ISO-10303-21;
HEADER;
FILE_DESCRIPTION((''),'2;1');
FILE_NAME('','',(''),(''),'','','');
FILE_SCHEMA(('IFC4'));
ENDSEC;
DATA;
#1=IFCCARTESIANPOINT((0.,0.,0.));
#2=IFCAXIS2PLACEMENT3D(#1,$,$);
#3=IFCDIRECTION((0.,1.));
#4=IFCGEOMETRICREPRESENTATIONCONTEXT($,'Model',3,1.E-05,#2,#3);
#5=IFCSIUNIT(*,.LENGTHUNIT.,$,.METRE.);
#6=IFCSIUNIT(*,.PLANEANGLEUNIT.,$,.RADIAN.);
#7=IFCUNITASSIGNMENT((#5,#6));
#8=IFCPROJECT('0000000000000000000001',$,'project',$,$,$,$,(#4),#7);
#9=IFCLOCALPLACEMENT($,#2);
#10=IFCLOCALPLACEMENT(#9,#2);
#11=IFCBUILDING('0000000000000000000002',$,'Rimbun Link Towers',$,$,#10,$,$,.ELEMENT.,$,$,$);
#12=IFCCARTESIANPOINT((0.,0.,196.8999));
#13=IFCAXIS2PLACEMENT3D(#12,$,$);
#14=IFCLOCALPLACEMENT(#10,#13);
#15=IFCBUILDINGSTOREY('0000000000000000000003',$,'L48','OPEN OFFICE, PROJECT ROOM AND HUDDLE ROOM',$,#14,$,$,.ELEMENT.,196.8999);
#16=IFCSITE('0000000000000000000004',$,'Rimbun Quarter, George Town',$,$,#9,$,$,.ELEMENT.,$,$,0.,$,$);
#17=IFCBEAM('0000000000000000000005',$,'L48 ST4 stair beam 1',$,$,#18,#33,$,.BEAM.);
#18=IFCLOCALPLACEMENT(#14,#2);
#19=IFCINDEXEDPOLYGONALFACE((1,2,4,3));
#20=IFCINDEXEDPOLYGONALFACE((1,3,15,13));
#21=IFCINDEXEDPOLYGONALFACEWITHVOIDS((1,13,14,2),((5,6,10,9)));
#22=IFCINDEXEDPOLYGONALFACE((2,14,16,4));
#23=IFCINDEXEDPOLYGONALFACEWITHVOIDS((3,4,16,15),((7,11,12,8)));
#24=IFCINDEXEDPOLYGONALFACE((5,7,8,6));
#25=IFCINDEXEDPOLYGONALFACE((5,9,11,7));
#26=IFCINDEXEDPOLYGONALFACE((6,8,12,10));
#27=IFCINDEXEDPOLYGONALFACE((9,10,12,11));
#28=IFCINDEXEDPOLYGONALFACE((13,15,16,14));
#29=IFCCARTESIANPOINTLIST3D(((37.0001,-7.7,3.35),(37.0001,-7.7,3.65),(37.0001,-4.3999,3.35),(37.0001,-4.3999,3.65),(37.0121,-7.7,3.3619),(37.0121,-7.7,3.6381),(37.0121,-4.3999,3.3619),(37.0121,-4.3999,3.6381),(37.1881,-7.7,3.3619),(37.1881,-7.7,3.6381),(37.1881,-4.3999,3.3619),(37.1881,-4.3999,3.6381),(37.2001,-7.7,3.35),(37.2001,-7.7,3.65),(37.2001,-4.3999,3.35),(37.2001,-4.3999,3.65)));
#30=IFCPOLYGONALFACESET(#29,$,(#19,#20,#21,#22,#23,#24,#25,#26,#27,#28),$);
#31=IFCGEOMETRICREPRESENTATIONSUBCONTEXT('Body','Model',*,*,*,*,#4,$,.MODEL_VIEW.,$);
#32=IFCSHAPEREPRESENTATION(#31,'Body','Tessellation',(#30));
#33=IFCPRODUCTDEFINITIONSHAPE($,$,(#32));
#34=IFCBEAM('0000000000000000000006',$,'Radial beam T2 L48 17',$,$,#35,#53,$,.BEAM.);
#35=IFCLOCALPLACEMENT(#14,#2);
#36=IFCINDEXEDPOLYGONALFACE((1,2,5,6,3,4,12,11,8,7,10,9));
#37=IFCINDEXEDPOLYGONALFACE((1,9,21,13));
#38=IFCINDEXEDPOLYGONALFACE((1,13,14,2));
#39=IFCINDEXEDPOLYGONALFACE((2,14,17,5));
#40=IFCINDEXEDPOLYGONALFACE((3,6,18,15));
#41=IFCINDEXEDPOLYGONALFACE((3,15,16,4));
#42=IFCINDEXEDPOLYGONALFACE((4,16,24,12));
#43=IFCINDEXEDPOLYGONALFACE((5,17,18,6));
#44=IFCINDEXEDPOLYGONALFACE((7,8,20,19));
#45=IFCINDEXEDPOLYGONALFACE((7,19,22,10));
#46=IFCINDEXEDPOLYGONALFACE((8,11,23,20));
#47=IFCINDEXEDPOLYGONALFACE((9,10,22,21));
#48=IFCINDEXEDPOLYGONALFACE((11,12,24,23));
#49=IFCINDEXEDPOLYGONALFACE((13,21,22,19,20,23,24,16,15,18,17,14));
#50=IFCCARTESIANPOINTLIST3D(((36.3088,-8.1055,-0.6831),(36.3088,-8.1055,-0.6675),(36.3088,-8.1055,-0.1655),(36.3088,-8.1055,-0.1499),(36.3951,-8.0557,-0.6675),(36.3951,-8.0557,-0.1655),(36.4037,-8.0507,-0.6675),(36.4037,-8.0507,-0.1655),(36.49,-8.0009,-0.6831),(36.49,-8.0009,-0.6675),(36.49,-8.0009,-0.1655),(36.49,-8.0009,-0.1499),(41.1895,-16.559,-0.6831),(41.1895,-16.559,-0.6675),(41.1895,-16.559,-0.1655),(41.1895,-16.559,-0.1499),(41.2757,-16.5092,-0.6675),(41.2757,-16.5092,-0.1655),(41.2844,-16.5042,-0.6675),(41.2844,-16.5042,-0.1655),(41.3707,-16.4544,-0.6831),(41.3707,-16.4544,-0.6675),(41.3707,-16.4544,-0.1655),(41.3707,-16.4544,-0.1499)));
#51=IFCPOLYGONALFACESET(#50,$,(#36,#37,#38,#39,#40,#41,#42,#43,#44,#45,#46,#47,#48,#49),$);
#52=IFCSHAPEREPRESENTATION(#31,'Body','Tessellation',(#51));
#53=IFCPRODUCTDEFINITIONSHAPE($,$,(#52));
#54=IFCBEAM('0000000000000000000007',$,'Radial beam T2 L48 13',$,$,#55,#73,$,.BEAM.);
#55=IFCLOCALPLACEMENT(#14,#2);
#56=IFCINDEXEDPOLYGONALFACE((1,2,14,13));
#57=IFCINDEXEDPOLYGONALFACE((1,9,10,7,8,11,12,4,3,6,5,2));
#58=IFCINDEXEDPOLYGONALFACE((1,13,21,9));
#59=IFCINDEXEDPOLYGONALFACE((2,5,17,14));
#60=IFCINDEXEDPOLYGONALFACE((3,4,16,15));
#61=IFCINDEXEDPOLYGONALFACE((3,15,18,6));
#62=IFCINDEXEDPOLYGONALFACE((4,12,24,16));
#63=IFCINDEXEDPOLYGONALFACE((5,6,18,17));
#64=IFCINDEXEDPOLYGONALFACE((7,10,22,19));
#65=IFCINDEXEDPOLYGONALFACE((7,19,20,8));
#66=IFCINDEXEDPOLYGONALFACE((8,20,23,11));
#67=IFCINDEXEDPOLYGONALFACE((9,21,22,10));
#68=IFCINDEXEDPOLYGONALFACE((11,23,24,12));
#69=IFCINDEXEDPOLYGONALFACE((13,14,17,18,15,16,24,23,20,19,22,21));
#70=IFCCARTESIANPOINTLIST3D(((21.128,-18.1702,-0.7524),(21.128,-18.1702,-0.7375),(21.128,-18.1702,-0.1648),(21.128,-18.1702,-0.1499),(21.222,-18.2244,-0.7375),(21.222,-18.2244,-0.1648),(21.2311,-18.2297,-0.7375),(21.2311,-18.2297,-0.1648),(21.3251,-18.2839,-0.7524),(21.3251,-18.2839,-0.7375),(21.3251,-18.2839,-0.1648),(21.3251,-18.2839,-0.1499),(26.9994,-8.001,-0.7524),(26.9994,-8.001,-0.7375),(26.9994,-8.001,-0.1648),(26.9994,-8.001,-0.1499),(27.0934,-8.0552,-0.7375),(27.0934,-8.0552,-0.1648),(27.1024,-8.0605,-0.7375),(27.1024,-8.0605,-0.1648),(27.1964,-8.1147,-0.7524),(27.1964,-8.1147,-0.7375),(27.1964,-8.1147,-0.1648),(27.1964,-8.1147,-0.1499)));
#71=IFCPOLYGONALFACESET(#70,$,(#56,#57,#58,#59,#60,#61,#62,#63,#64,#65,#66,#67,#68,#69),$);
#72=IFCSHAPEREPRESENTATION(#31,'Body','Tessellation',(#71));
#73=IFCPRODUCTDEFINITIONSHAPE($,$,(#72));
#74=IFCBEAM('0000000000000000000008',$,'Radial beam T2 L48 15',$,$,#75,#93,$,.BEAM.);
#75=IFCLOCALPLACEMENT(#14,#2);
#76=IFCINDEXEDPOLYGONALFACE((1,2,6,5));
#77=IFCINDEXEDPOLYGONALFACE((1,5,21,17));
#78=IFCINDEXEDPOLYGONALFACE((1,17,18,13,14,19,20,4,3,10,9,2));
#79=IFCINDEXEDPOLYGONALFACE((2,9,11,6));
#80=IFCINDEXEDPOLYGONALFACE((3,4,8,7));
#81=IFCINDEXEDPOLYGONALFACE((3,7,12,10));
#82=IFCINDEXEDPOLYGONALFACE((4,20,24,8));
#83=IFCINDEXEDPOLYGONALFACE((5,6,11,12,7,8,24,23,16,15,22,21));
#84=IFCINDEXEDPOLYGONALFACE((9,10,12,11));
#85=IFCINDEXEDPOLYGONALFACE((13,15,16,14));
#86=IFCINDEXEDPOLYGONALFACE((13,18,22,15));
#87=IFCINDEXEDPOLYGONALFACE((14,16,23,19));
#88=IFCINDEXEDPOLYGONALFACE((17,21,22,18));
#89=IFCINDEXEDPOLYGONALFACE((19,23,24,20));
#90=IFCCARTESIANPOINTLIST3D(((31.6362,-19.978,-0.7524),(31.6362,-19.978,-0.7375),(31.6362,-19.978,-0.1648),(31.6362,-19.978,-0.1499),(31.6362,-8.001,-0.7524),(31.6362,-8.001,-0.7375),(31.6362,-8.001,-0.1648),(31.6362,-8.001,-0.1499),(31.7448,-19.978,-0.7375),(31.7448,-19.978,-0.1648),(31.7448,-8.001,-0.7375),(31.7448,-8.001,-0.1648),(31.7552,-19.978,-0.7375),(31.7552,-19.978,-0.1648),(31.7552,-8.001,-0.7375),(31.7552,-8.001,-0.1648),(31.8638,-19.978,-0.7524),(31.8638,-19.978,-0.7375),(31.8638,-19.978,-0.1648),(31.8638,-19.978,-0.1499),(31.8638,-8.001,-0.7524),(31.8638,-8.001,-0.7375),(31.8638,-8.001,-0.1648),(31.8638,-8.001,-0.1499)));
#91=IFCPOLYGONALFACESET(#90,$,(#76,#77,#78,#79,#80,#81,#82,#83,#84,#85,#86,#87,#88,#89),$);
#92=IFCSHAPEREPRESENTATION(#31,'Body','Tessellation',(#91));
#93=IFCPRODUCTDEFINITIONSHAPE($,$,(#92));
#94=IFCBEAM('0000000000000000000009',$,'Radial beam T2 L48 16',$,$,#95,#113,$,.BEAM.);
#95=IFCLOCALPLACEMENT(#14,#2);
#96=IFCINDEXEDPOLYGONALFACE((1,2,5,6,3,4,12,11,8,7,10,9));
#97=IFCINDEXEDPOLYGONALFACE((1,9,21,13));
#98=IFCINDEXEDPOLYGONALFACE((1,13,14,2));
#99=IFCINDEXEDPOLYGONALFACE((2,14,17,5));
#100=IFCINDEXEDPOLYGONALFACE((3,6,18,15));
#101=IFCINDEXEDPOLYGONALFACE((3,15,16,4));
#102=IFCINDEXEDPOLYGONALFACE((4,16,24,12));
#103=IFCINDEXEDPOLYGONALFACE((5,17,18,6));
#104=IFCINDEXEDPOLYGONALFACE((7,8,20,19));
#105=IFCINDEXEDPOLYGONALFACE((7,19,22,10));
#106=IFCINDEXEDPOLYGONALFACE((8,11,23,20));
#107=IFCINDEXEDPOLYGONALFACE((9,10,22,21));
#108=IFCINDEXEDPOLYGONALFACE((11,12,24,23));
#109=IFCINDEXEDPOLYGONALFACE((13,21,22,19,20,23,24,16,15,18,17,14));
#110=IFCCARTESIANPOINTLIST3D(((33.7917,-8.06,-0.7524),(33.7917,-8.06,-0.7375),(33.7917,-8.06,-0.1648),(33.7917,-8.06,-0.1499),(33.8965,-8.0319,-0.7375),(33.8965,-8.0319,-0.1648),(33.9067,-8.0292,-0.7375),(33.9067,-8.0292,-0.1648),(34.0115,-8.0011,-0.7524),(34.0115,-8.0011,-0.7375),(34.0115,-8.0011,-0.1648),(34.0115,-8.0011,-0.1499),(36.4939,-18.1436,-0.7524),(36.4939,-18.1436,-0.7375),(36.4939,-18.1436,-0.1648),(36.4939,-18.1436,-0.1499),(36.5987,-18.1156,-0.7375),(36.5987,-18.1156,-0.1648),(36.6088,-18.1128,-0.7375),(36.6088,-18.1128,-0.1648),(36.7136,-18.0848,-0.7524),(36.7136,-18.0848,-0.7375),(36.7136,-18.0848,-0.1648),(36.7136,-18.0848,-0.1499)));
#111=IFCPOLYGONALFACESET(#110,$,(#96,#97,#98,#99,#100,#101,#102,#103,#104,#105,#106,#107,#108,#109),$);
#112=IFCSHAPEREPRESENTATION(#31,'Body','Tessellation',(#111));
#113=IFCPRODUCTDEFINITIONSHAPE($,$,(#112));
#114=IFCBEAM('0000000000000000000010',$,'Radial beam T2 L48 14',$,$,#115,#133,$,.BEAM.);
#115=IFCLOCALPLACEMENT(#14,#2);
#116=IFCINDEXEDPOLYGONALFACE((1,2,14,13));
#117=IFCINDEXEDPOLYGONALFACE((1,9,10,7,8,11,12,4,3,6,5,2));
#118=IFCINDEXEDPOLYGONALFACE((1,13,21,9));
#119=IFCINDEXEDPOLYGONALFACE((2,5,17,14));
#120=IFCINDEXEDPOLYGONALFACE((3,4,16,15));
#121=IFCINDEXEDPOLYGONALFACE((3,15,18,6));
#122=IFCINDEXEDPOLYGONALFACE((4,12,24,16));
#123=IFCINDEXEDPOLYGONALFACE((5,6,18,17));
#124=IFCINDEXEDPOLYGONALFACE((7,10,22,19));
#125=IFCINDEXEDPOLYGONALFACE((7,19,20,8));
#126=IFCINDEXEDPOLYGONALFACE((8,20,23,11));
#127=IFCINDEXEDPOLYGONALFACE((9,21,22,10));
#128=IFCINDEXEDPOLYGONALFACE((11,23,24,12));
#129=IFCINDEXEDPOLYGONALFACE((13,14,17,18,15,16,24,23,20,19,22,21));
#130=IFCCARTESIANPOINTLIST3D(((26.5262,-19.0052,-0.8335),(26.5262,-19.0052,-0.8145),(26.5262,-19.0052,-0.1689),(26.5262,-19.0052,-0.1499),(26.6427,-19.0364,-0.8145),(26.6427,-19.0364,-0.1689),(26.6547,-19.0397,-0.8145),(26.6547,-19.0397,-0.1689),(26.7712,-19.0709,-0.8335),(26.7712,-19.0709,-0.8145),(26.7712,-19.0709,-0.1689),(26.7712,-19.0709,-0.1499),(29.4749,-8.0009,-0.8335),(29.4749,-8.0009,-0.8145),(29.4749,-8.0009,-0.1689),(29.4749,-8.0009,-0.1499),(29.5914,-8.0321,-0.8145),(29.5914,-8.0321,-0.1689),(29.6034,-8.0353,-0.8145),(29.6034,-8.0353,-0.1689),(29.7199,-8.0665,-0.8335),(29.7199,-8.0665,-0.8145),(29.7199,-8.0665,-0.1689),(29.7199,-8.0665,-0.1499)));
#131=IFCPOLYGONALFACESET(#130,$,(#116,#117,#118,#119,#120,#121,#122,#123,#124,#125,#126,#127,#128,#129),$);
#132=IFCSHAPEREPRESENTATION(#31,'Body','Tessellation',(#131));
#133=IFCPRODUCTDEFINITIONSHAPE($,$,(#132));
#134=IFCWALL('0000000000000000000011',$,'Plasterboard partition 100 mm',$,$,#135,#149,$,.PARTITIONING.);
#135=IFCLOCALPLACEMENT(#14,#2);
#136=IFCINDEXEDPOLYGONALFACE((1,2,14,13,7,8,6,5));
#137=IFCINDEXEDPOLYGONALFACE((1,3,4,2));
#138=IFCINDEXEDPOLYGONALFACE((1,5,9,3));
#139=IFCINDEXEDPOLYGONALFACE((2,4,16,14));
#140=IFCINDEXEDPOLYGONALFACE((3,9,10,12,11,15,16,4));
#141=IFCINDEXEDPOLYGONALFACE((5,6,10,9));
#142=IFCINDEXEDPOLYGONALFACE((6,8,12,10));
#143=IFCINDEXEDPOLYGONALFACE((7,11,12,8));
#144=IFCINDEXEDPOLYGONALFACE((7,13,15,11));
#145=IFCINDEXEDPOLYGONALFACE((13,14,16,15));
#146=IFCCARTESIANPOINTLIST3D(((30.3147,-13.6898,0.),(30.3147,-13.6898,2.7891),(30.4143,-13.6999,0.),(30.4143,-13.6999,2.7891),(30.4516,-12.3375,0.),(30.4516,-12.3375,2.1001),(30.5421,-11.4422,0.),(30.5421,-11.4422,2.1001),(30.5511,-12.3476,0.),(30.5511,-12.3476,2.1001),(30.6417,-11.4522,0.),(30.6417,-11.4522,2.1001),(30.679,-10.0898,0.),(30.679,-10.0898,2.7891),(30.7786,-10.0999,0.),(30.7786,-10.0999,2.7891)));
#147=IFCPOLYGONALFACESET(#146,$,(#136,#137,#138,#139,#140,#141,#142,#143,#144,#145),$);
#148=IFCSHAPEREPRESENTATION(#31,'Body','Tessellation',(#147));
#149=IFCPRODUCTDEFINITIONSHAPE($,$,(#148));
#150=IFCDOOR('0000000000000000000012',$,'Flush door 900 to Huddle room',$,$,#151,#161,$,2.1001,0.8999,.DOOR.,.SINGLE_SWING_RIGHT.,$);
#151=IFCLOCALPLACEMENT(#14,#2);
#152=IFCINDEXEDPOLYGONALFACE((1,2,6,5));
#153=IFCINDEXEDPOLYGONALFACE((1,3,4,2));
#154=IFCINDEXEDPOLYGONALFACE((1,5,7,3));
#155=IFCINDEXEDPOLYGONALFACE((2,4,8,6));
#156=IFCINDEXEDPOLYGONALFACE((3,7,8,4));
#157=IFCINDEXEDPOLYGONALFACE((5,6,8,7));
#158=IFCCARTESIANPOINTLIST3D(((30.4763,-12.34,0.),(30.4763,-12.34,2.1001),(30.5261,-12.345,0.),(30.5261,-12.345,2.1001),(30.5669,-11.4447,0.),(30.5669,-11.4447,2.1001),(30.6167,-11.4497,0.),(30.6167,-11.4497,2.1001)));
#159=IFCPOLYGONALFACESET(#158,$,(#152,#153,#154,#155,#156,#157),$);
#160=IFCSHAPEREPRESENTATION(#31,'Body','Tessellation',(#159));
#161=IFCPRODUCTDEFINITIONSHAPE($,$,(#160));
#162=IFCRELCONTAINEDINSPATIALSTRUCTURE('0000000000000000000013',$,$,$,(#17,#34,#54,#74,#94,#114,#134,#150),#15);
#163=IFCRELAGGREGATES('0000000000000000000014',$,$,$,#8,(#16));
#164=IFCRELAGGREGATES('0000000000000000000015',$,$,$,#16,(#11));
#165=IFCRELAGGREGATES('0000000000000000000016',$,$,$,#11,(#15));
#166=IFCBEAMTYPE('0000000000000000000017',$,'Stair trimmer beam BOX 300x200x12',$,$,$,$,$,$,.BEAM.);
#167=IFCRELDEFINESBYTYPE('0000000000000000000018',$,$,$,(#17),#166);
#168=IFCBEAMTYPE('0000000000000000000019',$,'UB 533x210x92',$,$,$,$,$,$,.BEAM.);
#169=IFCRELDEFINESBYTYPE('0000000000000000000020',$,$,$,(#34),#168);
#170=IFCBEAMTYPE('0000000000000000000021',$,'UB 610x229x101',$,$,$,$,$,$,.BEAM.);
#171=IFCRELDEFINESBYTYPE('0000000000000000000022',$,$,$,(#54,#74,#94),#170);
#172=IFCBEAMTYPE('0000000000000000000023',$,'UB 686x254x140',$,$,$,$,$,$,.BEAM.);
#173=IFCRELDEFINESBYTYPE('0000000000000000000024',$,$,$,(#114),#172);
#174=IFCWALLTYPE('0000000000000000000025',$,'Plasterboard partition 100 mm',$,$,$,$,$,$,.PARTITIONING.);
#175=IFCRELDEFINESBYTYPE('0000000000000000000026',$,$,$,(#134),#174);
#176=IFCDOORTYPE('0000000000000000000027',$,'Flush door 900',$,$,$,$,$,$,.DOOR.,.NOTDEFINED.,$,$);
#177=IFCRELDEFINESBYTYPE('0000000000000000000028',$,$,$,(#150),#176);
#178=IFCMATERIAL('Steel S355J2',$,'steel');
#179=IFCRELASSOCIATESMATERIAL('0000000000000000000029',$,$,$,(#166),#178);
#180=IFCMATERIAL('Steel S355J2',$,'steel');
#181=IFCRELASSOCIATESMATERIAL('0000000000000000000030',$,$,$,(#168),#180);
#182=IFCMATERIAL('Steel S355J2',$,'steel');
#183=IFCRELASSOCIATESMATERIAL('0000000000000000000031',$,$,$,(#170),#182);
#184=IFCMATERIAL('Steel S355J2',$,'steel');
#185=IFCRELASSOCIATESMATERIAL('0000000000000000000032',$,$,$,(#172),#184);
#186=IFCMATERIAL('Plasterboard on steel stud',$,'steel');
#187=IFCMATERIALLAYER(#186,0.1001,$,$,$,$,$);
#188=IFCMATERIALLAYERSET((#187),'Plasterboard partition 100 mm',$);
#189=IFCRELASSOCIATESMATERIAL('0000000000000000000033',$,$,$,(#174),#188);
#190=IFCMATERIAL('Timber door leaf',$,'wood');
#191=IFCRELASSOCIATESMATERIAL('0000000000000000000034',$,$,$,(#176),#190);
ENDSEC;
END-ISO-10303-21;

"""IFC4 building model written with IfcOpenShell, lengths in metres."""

from ifc_helpers import new_model, si_unit, direction, frame, frame_2d, origin, origin_2d, place, context, subcontext, project, spatial, rectangle, hollow_rectangle, i_section, extrude, material, layer, layer_set, material_profile, profile_set, type_object, element, fill, save


model = new_model("IFC4")

# Units and contexts
model_context = context("Model", 3, precision=1e-05, world=origin(), true_north=direction((0.0, 1.0)))
body_context = subcontext(model_context, "Body", "Model", "MODEL_VIEW")
ifc_project = project(units=[si_unit("LENGTHUNIT", "METRE"), si_unit("PLANEANGLEUNIT", "RADIAN")], contexts=[model_context])

# Site, building, storey
site_placement = place(None, origin())
site = spatial("IfcSite", under=ifc_project, at=site_placement, Name="Rimbun Quarter, George Town", CompositionType="ELEMENT", RefElevation=0.0)
building_placement = place(site_placement, origin())
building = spatial("IfcBuilding", under=site, at=building_placement, Name="Rimbun Link Towers", CompositionType="ELEMENT")
storey_placement = place(building_placement, frame((0.0, 0.0, 196.8999)))
storey = spatial("IfcBuildingStorey", under=building, at=storey_placement, Name="L48", Description="OPEN OFFICE, PROJECT ROOM AND HUDDLE ROOM", CompositionType="ELEMENT", Elevation=196.8999)

# Beams
ifc_material_1 = material(Name="Steel S355J2", Category="steel")
ifc_material_profile_1 = material_profile(ifc_material_1, hollow_rectangle(XDim=0.2, YDim=0.3, WallThickness=0.012, at=origin_2d()), Name="BOX 300x200x12")
ifc_profile_set_1 = profile_set([ifc_material_profile_1], Name="Steel S355J2")
beam_type_1 = type_object("IfcBeamType", Name="Stair trimmer beam BOX 300x200x12", PredefinedType="BEAM", material=ifc_profile_set_1)
beam_1_placement = place(storey_placement, frame((37.1001, -7.7, 3.5), z_axis=(0.0, 1.0, 0.0), x_axis=(-1.0, 0.0, 0.0)))
element("IfcBeam", 1, at=beam_1_placement, inside=storey, type_object=beam_type_1, Name="L48 ST4 stair beam 1", PredefinedType="BEAM", context=body_context, shape_type="SweptSolid", body=[
    extrude(hollow_rectangle(XDim=0.2, YDim=0.3, WallThickness=0.012, at=origin_2d()), origin(), (0.0, 0.0, 1.0), 3.3),
])
ifc_material_2 = material(Name="Steel S355J2", Category="steel")
ifc_material_profile_2 = material_profile(ifc_material_2, i_section(OverallWidth=0.2092, OverallDepth=0.5332, WebThickness=0.01, FlangeThickness=0.0156, at=origin_2d()), Name="UB 533x210x92")
ifc_profile_set_2 = profile_set([ifc_material_profile_2], Name="Steel S355J2")
beam_type_2 = type_object("IfcBeamType", Name="UB 533x210x92", PredefinedType="BEAM", material=ifc_profile_set_2)
beam_2_placement = place(storey_placement, frame((36.3994, -8.0532, -0.4165), z_axis=(0.500005, -0.866023, 0.0), x_axis=(0.866023, 0.500005, 0.0)))
element("IfcBeam", 2, at=beam_2_placement, inside=storey, type_object=beam_type_2, Name="Radial beam T2 L48 17", PredefinedType="BEAM", context=body_context, shape_type="SweptSolid", body=[
    extrude(i_section(OverallWidth=0.2092, OverallDepth=0.5332, WebThickness=0.01, FlangeThickness=0.0156, at=origin_2d()), origin(), (0.0, 0.0, 1.0), 9.7612),
])
ifc_material_3 = material(Name="Steel S355J2", Category="steel")
ifc_material_profile_3 = material_profile(ifc_material_3, i_section(OverallWidth=0.2275, OverallDepth=0.6025, WebThickness=0.0105, FlangeThickness=0.0149, at=origin_2d()), Name="UB 610x229x101")
ifc_profile_set_3 = profile_set([ifc_material_profile_3], Name="Steel S355J2")
beam_type_3 = type_object("IfcBeamType", Name="UB 610x229x101", PredefinedType="BEAM", material=ifc_profile_set_3)
beam_3_placement = place(storey_placement, frame((27.0979, -8.0579, -0.4512), z_axis=(-0.50001, -0.86602, 0.0), x_axis=(0.86602, -0.50001, 0.0)))
element("IfcBeam", 3, at=beam_3_placement, inside=storey, type_object=beam_type_3, Name="Radial beam T2 L48 13", PredefinedType="BEAM", context=body_context, shape_type="SweptSolid", body=[
    extrude(i_section(OverallWidth=0.2275, OverallDepth=0.6025, WebThickness=0.0105, FlangeThickness=0.0149, at=origin_2d()), origin(), (0.0, 0.0, 1.0), 11.7424),
])
beam_4_placement = place(storey_placement, frame((31.75, -8.001, -0.4512), z_axis=(0.0, -1.0, 0.0), x_axis=(1.0, 0.0, 0.0)))
element("IfcBeam", 4, at=beam_4_placement, inside=storey, type_object=beam_type_3, Name="Radial beam T2 L48 15", PredefinedType="BEAM", context=body_context, shape_type="SweptSolid", body=[
    extrude(i_section(OverallWidth=0.2275, OverallDepth=0.6025, WebThickness=0.0105, FlangeThickness=0.0149, at=origin_2d()), origin(), (0.0, 0.0, 1.0), 11.9771),
])
beam_5_placement = place(storey_placement, frame((33.9016, -8.0305, -0.4512), z_axis=(0.258839, -0.965921, 0.0), x_axis=(0.965921, 0.258839, 0.0)))
element("IfcBeam", 5, at=beam_5_placement, inside=storey, type_object=beam_type_3, Name="Radial beam T2 L48 16", PredefinedType="BEAM", context=body_context, shape_type="SweptSolid", body=[
    extrude(i_section(OverallWidth=0.2275, OverallDepth=0.6025, WebThickness=0.0105, FlangeThickness=0.0149, at=origin_2d()), origin(), (0.0, 0.0, 1.0), 10.4395),
])
ifc_material_4 = material(Name="Steel S355J2", Category="steel")
ifc_material_profile_4 = material_profile(ifc_material_4, i_section(OverallWidth=0.2537, OverallDepth=0.6836, WebThickness=0.0125, FlangeThickness=0.019, at=origin_2d()), Name="UB 686x254x140")
ifc_profile_set_4 = profile_set([ifc_material_profile_4], Name="Steel S355J2")
beam_type_4 = type_object("IfcBeamType", Name="UB 686x254x140", PredefinedType="BEAM", material=ifc_profile_set_4)
beam_6_placement = place(storey_placement, frame((29.5974, -8.0337, -0.4917), z_axis=(-0.258828, -0.965923, 0.0), x_axis=(0.965923, -0.258828, 0.0)))
element("IfcBeam", 6, at=beam_6_placement, inside=storey, type_object=beam_type_4, Name="Radial beam T2 L48 14", PredefinedType="BEAM", context=body_context, shape_type="SweptSolid", body=[
    extrude(i_section(OverallWidth=0.2537, OverallDepth=0.6836, WebThickness=0.0125, FlangeThickness=0.019, at=origin_2d()), origin(), (0.0, 0.0, 1.0), 11.3926),
])

# Wall, opening, door
ifc_material_5 = material(Name="Plasterboard on steel stud", Category="steel")
ifc_layer_1 = layer(ifc_material_5, 0.1001)
ifc_layer_set_1 = layer_set([ifc_layer_1], Name="Plasterboard partition 100 mm")
wall_type_1 = type_object("IfcWallType", Name="Plasterboard partition 100 mm", PredefinedType="PARTITIONING", material=ifc_layer_set_1)
wall_1_placement = place(storey_placement, frame((30.7288, -10.095, 0.0), z_axis=(0.0, 0.0, 1.0), x_axis=(-0.100666, -0.99492, 0.0)))
wall_1 = element("IfcWall", 7, at=wall_1_placement, inside=storey, type_object=wall_type_1, Name="Plasterboard partition 100 mm", PredefinedType="PARTITIONING", context=body_context, shape_type="SweptSolid", body=[
    extrude(rectangle(XDim=3.6184, YDim=0.1001, at=frame_2d((1.8091, 0.0))), origin(), (0.0, 0.0, 1.0), 2.7891),
])
opening_1_placement = place(wall_1_placement, frame((1.3591, 0.0, 0.0)))
opening_1 = element("IfcOpeningElement", 8, at=opening_1_placement, cuts=wall_1, PredefinedType="OPENING", context=body_context, shape_type="SweptSolid", body=[
    extrude(rectangle(XDim=0.8999, YDim=2.1001, at=frame_2d((0.45, 1.05))), frame((0.0, 0.0601, 0.0), z_axis=(0.0, -1.0, 0.0), x_axis=(1.0, 0.0, 0.0)), (0.0, 0.0, 1.0), 0.1201),
])
ifc_material_6 = material(Name="Timber door leaf", Category="wood")
door_type_1 = type_object("IfcDoorType", Name="Flush door 900", OperationType="NOTDEFINED", PredefinedType="DOOR", material=ifc_material_6)
door_1_placement = place(opening_1_placement, origin())
door_1 = element("IfcDoor", 9, at=door_1_placement, inside=storey, type_object=door_type_1, Name="Flush door 900 to Huddle room", OperationType="SINGLE_SWING_RIGHT", OverallHeight=2.1001, OverallWidth=0.8999, PredefinedType="DOOR", context=body_context, shape_type="SweptSolid", body=[
    extrude(rectangle(XDim=0.8999, YDim=2.1001, at=frame_2d((0.45, 1.05))), frame((0.0, 0.0249, 0.0), z_axis=(0.0, -1.0, 0.0), x_axis=(1.0, 0.0, 0.0)), (0.0, 0.0, 1.0), 0.05),
])
fill(opening_1, door_1)

save(model, "model.ifc")
